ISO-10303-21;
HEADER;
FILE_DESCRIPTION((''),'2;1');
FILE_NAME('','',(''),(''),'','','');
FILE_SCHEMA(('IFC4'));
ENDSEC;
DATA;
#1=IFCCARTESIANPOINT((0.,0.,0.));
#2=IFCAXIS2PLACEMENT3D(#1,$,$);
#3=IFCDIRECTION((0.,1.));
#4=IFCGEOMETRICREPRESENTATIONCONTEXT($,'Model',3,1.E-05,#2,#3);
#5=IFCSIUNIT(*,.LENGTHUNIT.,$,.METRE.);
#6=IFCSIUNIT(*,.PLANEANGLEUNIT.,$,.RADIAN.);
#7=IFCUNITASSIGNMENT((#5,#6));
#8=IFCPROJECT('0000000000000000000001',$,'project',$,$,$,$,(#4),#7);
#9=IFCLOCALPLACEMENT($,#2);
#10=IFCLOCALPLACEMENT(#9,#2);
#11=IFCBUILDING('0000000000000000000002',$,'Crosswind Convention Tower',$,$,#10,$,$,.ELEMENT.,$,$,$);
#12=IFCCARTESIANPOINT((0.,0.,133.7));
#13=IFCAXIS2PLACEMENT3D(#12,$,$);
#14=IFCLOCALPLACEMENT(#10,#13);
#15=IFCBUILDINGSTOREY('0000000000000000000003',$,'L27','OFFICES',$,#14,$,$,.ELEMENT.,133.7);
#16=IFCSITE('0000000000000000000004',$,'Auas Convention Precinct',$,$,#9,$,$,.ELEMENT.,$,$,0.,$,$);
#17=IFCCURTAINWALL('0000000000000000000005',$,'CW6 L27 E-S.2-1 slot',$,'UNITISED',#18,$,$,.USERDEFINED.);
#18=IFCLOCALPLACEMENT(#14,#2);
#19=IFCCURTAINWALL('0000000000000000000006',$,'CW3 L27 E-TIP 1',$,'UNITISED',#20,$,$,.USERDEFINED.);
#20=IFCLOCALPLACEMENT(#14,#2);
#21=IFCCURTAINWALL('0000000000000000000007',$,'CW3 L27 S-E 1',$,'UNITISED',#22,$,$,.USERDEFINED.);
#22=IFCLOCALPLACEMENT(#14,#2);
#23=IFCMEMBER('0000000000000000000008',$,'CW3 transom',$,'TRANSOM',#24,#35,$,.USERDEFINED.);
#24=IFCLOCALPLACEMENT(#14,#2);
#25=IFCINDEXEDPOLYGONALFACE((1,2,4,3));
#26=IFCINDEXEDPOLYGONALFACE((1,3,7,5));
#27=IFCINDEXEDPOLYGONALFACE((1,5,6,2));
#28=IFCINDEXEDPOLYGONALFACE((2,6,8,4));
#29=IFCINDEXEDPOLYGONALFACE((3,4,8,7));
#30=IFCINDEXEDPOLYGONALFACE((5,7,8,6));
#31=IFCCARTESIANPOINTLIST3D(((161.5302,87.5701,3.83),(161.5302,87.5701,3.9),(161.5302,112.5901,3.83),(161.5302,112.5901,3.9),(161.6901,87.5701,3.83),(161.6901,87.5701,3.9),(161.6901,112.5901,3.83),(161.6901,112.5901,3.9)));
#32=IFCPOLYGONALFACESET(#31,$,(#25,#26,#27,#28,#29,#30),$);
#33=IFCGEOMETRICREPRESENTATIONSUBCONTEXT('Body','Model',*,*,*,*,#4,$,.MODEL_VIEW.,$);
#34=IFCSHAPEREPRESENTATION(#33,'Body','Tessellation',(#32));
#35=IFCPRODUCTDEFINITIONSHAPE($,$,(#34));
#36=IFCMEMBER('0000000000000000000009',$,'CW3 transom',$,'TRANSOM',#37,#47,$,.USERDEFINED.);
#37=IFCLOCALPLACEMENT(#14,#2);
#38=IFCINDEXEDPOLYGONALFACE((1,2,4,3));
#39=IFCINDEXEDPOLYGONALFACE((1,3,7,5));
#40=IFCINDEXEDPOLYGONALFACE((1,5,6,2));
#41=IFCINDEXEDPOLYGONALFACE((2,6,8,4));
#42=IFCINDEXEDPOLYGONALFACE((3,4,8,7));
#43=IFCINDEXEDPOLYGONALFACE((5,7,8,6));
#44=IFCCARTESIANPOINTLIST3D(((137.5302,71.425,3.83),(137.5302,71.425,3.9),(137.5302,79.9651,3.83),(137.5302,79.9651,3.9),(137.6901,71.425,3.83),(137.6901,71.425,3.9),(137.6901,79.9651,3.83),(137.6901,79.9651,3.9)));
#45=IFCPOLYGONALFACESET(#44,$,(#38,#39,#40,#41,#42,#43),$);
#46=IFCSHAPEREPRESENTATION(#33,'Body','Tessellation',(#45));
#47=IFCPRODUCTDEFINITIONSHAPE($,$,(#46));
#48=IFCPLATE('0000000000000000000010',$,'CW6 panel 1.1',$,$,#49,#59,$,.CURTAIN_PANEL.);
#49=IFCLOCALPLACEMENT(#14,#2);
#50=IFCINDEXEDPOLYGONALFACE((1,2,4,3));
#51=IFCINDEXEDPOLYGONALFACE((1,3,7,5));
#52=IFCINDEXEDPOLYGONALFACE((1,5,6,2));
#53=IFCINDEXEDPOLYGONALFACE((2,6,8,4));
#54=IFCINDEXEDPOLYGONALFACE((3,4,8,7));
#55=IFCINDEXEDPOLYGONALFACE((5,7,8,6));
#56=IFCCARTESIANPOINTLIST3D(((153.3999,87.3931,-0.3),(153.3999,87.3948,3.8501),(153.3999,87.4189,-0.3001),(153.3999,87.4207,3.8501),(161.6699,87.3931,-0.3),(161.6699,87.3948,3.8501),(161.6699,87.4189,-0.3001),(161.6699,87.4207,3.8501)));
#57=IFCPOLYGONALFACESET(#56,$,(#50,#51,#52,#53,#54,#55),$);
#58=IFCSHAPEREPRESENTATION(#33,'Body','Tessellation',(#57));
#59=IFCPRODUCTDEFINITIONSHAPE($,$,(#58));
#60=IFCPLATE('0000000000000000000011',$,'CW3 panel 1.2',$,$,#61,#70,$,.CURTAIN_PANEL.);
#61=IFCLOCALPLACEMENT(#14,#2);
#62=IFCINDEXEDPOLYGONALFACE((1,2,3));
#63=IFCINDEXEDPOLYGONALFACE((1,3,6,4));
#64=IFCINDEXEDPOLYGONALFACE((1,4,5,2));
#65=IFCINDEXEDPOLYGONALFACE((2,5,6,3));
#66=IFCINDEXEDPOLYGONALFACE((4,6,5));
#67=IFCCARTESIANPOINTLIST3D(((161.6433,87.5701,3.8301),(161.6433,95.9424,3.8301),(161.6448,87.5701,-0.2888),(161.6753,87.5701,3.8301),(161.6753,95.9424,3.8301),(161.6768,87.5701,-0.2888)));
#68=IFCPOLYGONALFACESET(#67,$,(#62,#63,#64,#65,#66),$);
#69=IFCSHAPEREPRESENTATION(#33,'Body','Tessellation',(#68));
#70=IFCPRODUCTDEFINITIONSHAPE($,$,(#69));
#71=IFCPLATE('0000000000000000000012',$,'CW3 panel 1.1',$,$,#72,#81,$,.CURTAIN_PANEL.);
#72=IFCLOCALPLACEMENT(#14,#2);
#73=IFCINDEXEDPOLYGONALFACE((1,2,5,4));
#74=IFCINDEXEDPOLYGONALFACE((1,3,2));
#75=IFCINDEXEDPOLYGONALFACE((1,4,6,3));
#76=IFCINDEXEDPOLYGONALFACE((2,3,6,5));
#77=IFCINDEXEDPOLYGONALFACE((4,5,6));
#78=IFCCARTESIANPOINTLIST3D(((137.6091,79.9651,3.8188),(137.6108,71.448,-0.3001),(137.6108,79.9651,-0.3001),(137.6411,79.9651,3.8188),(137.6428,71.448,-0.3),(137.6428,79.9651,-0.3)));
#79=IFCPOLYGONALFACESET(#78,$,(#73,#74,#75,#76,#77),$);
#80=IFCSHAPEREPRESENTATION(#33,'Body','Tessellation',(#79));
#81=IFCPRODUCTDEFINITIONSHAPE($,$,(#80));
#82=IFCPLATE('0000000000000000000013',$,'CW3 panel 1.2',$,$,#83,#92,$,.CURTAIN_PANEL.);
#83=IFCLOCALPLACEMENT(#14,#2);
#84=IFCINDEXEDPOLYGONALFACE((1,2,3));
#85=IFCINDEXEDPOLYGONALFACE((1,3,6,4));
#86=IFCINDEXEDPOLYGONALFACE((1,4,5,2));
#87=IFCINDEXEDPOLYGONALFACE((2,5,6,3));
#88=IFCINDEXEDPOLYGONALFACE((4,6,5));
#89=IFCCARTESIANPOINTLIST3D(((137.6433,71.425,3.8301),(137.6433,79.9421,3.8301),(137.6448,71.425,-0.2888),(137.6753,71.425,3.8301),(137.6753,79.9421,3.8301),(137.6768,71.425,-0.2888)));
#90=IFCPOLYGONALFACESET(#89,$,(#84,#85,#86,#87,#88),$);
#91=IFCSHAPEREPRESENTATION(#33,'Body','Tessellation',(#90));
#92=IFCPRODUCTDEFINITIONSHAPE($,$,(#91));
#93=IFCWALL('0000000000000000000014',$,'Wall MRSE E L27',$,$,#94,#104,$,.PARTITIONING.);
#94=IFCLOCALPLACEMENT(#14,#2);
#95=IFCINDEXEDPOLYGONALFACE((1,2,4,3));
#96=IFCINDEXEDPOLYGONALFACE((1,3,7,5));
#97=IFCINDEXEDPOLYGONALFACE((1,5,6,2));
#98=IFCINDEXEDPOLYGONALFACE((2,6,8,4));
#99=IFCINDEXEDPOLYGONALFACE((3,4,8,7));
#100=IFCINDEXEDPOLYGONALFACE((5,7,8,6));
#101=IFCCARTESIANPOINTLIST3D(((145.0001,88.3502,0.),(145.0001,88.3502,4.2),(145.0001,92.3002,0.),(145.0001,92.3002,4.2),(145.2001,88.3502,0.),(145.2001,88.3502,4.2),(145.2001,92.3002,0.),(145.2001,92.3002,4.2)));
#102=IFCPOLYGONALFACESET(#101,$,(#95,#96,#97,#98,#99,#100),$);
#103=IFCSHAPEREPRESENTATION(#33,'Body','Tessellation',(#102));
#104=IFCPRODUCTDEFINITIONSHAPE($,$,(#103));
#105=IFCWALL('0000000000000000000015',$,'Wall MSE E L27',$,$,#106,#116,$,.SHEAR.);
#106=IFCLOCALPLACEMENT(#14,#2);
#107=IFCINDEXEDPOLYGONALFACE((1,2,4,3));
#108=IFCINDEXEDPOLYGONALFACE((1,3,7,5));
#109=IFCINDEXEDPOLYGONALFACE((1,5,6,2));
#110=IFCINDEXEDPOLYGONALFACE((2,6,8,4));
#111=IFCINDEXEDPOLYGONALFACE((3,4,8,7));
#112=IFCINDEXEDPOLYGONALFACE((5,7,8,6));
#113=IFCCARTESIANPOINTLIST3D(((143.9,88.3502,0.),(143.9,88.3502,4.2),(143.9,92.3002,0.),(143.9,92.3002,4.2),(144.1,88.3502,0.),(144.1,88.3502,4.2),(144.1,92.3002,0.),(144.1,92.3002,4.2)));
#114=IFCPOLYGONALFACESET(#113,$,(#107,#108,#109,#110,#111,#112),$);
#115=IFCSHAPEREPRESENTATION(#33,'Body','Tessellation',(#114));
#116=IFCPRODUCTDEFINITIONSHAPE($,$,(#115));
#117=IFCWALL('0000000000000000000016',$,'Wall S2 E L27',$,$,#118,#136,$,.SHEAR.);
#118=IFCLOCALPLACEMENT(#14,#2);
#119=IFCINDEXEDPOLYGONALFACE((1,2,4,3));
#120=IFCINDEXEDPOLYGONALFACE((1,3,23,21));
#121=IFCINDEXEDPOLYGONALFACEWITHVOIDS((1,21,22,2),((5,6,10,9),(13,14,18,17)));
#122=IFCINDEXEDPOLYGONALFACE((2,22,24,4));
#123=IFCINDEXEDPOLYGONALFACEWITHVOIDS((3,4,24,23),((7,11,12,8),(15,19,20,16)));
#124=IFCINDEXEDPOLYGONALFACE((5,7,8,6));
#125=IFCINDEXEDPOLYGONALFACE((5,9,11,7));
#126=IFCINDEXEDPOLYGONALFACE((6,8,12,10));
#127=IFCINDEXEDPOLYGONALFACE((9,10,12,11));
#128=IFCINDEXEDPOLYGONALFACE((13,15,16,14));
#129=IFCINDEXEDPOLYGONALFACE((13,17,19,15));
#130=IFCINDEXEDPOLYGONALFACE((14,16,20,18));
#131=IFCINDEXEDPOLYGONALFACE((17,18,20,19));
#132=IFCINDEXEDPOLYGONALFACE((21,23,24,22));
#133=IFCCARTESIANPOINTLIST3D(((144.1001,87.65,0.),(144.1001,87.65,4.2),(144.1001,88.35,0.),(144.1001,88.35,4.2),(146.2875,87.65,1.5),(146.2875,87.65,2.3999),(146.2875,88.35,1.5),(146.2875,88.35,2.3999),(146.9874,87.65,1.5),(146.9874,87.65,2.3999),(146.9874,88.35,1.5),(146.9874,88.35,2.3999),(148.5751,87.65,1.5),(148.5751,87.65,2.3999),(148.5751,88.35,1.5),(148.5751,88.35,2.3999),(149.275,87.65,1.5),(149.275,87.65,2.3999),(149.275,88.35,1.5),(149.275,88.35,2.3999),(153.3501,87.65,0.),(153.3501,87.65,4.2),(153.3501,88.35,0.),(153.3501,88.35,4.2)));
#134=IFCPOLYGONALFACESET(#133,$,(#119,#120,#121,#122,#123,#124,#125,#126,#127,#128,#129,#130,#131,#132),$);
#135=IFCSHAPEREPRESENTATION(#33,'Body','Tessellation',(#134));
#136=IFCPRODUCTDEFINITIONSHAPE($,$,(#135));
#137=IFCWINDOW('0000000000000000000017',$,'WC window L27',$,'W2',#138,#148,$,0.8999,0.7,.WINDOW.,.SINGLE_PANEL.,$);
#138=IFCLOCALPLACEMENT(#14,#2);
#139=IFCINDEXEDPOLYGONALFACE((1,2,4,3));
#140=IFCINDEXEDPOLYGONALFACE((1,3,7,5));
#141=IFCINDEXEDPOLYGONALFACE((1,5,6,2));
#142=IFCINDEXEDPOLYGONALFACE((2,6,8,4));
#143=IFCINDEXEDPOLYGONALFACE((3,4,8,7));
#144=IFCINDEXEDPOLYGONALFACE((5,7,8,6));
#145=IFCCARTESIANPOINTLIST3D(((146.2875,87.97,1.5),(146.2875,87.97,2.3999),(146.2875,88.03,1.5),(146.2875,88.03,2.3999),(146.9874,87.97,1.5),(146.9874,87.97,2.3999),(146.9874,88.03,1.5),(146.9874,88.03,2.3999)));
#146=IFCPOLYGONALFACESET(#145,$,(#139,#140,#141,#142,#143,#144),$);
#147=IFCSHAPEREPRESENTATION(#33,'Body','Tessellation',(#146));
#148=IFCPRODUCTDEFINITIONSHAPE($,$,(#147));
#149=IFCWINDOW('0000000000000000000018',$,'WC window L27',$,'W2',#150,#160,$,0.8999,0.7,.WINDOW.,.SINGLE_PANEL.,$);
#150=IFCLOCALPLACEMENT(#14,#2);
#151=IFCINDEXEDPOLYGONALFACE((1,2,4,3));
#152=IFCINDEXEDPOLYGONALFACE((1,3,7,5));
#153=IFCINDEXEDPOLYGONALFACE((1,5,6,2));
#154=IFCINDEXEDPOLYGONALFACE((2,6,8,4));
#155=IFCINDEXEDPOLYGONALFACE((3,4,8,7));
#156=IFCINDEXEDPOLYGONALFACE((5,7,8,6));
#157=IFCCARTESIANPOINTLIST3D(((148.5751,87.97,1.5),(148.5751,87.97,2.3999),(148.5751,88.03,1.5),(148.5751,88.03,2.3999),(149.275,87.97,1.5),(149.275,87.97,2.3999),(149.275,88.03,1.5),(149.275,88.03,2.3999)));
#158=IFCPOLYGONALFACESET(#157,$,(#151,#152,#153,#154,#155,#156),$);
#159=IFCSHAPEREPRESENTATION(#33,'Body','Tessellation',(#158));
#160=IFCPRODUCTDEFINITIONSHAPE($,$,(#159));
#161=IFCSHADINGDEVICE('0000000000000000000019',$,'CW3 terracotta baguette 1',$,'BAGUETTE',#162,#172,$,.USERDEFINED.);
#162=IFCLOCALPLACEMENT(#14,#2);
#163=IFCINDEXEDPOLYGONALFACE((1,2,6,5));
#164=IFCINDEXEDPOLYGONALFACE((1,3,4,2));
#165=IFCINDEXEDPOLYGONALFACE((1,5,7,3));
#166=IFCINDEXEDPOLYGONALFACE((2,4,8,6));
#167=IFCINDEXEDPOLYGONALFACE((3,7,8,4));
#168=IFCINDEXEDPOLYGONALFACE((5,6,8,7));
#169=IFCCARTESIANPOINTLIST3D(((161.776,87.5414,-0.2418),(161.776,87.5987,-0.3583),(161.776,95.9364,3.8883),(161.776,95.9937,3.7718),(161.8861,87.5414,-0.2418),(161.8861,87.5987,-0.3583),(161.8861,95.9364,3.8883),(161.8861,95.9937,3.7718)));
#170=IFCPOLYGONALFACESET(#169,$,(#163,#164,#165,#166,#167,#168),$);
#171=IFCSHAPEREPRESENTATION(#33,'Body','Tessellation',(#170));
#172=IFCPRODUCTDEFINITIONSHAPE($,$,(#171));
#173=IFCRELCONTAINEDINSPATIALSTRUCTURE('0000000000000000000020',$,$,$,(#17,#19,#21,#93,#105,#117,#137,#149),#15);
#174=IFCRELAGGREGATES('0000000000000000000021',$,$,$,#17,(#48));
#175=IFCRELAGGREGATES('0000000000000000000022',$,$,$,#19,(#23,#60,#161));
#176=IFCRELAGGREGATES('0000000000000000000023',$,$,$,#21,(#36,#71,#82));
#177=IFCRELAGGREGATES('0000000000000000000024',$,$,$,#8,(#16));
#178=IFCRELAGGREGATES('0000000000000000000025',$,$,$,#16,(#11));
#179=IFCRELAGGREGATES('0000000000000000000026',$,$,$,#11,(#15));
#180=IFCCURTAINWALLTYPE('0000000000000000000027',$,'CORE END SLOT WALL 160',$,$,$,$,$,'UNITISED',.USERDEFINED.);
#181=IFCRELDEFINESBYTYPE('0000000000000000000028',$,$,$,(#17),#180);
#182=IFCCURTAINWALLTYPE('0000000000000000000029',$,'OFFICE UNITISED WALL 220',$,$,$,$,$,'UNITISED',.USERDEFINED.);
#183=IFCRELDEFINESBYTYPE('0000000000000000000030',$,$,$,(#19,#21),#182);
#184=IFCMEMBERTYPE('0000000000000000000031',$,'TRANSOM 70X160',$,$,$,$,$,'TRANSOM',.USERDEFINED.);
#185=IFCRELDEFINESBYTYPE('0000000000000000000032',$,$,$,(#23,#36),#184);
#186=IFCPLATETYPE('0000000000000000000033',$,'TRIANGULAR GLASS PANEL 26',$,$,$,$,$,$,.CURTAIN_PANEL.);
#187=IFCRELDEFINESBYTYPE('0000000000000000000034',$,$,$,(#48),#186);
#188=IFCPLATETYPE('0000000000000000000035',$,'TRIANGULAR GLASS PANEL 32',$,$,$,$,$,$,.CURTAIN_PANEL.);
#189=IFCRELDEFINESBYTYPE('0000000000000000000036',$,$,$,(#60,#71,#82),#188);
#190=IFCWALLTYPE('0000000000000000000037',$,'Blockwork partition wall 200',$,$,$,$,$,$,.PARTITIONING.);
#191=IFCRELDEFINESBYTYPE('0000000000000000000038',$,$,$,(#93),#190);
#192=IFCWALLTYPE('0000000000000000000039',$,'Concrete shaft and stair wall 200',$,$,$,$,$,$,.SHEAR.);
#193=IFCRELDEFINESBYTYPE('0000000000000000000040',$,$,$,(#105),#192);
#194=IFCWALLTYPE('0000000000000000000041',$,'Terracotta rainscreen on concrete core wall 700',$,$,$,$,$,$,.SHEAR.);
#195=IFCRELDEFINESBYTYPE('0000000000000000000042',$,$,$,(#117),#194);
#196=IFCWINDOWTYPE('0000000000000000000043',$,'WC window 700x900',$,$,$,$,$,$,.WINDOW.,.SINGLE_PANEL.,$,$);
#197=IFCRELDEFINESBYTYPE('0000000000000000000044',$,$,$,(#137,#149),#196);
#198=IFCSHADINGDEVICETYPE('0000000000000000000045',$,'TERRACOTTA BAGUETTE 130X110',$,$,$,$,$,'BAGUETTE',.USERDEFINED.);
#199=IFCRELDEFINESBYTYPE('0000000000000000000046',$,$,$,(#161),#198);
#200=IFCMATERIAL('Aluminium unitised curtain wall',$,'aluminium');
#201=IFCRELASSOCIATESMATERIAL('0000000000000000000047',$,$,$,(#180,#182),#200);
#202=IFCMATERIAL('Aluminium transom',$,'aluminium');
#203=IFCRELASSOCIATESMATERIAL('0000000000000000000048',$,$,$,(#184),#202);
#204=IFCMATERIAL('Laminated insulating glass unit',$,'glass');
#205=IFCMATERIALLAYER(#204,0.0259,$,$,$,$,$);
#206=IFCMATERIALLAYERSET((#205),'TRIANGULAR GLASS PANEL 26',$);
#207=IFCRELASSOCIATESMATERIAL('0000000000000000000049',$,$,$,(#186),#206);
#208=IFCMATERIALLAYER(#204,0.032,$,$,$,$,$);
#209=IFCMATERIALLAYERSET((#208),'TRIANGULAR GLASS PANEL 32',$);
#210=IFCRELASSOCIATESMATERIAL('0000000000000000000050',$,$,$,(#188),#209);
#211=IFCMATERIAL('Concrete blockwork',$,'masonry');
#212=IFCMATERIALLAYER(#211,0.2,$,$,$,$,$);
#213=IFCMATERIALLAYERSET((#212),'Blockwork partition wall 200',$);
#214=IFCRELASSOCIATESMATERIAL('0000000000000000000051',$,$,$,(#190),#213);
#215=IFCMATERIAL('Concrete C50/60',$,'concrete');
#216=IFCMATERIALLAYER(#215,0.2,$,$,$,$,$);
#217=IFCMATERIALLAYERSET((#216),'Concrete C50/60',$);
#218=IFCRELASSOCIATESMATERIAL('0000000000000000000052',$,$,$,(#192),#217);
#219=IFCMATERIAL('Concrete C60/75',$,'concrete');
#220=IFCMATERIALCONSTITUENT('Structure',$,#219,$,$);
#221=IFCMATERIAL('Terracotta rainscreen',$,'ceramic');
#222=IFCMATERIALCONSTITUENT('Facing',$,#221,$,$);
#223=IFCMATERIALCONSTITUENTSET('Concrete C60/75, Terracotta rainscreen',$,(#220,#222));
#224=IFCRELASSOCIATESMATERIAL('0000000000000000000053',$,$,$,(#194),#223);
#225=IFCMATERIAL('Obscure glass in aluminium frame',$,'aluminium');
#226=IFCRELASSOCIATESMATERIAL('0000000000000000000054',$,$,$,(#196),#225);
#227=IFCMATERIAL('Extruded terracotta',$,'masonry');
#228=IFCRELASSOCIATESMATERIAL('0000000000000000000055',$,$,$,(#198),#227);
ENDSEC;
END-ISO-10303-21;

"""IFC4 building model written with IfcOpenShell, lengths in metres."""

from ifc_helpers import new_model, si_unit, direction, frame, frame_2d, origin, origin_2d, place, context, subcontext, project, spatial, polyline, rectangle, outline, extrude, material, layer, layer_set, constituent, constituent_set, material_profile, profile_set, type_object, element, fill, aggregate, save


model = new_model("IFC4")

# Units and contexts
model_context = context("Model", 3, precision=1e-05, world=origin(), true_north=direction((0.0, 1.0)))
body_context = subcontext(model_context, "Body", "Model", "MODEL_VIEW")
ifc_project = project(units=[si_unit("LENGTHUNIT", "METRE"), si_unit("PLANEANGLEUNIT", "RADIAN")], contexts=[model_context])

# Site, building, storey
site_placement = place(None, origin())
site = spatial("IfcSite", under=ifc_project, at=site_placement, Name="Auas Convention Precinct", CompositionType="ELEMENT", RefElevation=0.0)
building_placement = place(site_placement, origin())
building = spatial("IfcBuilding", under=site, at=building_placement, Name="Crosswind Convention Tower", CompositionType="ELEMENT")
storey_placement = place(building_placement, frame((0.0, 0.0, 133.7)))
storey = spatial("IfcBuildingStorey", under=building, at=storey_placement, Name="L27", Description="OFFICES", CompositionType="ELEMENT", Elevation=133.7)

# Shared definitions
ifc_material_1 = material(Name="Concrete C60/75", Category="concrete")

# Curtain wall
ifc_material_2 = material(Name="Aluminium unitised curtain wall", Category="aluminium")
curtain_wall_type_1 = type_object("IfcCurtainWallType", Name="CORE END SLOT WALL 160", ElementType="UNITISED", PredefinedType="USERDEFINED", material=ifc_material_2)
curtain_wall_1_placement = place(storey_placement, origin())
curtain_wall_1 = element("IfcCurtainWall", 1, at=curtain_wall_1_placement, inside=storey, type_object=curtain_wall_type_1, Name="CW6 L27 E-S.2-1 slot", ObjectType="UNITISED", PredefinedType="USERDEFINED")

# Curtain walls
curtain_wall_type_2 = type_object("IfcCurtainWallType", Name="OFFICE UNITISED WALL 220", ElementType="UNITISED", PredefinedType="USERDEFINED", material=ifc_material_2)
curtain_wall_2_placement = place(storey_placement, origin())
curtain_wall_2 = element("IfcCurtainWall", 2, at=curtain_wall_2_placement, inside=storey, type_object=curtain_wall_type_2, Name="CW3 L27 E-TIP 1", ObjectType="UNITISED", PredefinedType="USERDEFINED")
curtain_wall_3_placement = place(storey_placement, origin())
curtain_wall_3 = element("IfcCurtainWall", 3, at=curtain_wall_3_placement, inside=storey, type_object=curtain_wall_type_2, Name="CW3 L27 S-E 1", ObjectType="UNITISED", PredefinedType="USERDEFINED")

# Members
ifc_material_3 = material(Name="Aluminium transom", Category="aluminium")
ifc_material_profile_1 = material_profile(ifc_material_3, rectangle(XDim=0.1599, YDim=0.0701, at=origin_2d()), Name="AL 160X70")
ifc_profile_set_1 = profile_set([ifc_material_profile_1], Name="Aluminium transom")
member_type_1 = type_object("IfcMemberType", Name="TRANSOM 70X160", ElementType="TRANSOM", PredefinedType="USERDEFINED", material=ifc_profile_set_1)
member_1_placement = place(storey_placement, frame((161.6101, 87.5701, 3.865), z_axis=(0.0, 1.0, 0.0), x_axis=(-1.0, 0.0, 0.0)))
member_1 = element("IfcMember", 4, at=member_1_placement, type_object=member_type_1, Name="CW3 transom", ObjectType="TRANSOM", PredefinedType="USERDEFINED", context=body_context, shape_type="SweptSolid", body=[
    extrude(rectangle(XDim=0.1599, YDim=0.0701, at=origin_2d()), origin(), (0.0, 0.0, 1.0), 25.02),
])
member_2_placement = place(storey_placement, frame((137.6101, 71.425, 3.865), z_axis=(0.0, 1.0, 0.0), x_axis=(-1.0, 0.0, 0.0)))
member_2 = element("IfcMember", 5, at=member_2_placement, type_object=member_type_1, Name="CW3 transom", ObjectType="TRANSOM", PredefinedType="USERDEFINED", context=body_context, shape_type="SweptSolid", body=[
    extrude(rectangle(XDim=0.1599, YDim=0.0701, at=origin_2d()), origin(), (0.0, 0.0, 1.0), 8.54),
])

# Plates
ifc_material_4 = material(Name="Laminated insulating glass unit", Category="glass")
ifc_layer_1 = layer(ifc_material_4, 0.0259)
ifc_layer_set_1 = layer_set([ifc_layer_1], Name="TRIANGULAR GLASS PANEL 26")
plate_type_1 = type_object("IfcPlateType", Name="TRIANGULAR GLASS PANEL 26", PredefinedType="CURTAIN_PANEL", material=ifc_layer_set_1)
plate_1_placement = place(storey_placement, frame((153.3999, 87.3931, -0.3), z_axis=(0.0, -1.0, 0.000412), x_axis=(1.0, 0.0, 0.0)))
plate_1 = element("IfcPlate", 6, at=plate_1_placement, type_object=plate_type_1, Name="CW6 panel 1.1", PredefinedType="CURTAIN_PANEL", context=body_context, shape_type="SweptSolid", body=[
    extrude(outline(polyline([(0.0, 0.0), (8.27, 0.0), (8.27, 4.1501), (0.0, 4.1501), (0.0, 0.0)])), origin(), (0.0, 0.0, -1.0), 0.0259),
])
aggregate(curtain_wall_1, [plate_1])
ifc_layer_2 = layer(ifc_material_4, 0.032)
ifc_layer_set_2 = layer_set([ifc_layer_2], Name="TRIANGULAR GLASS PANEL 32")
plate_type_2 = type_object("IfcPlateType", Name="TRIANGULAR GLASS PANEL 32", PredefinedType="CURTAIN_PANEL", material=ifc_layer_set_2)
plate_2_placement = place(storey_placement, frame((161.6753, 87.5701, 3.8301), z_axis=(1.0, 0.0, 0.000356), x_axis=(0.000356, 0.0, -1.0)))
plate_2 = element("IfcPlate", 7, at=plate_2_placement, type_object=plate_type_2, Name="CW3 panel 1.2", PredefinedType="CURTAIN_PANEL", context=body_context, shape_type="SweptSolid", body=[
    extrude(outline(polyline([(0.0, 0.0), (4.1189, 0.0), (0.0, 8.3723), (0.0, 0.0)])), origin(), (0.0, 0.0, -1.0), 0.032),
])
plate_3_placement = place(storey_placement, frame((137.6428, 79.9651, -0.3), z_axis=(1.0, 0.0, 0.000415), x_axis=(-0.000415, 0.0, 1.0)))
plate_3 = element("IfcPlate", 8, at=plate_3_placement, type_object=plate_type_2, Name="CW3 panel 1.1", PredefinedType="CURTAIN_PANEL", context=body_context, shape_type="SweptSolid", body=[
    extrude(outline(polyline([(0.0, 0.0), (4.1189, 0.0), (0.0, 8.5171), (0.0, 0.0)])), origin(), (0.0, 0.0, -1.0), 0.032),
])
plate_4_placement = place(storey_placement, frame((137.6753, 71.425, 3.8301), z_axis=(1.0, 0.0, 0.000356), x_axis=(0.000356, 0.0, -1.0)))
plate_4 = element("IfcPlate", 9, at=plate_4_placement, type_object=plate_type_2, Name="CW3 panel 1.2", PredefinedType="CURTAIN_PANEL", context=body_context, shape_type="SweptSolid", body=[
    extrude(outline(polyline([(0.0, 0.0), (4.1189, 0.0), (0.0, 8.5171), (0.0, 0.0)])), origin(), (0.0, 0.0, -1.0), 0.032),
])

# Walls
ifc_material_5 = material(Name="Concrete blockwork", Category="masonry")
ifc_layer_3 = layer(ifc_material_5, 0.2)
ifc_layer_set_3 = layer_set([ifc_layer_3], Name="Blockwork partition wall 200")
wall_type_1 = type_object("IfcWallType", Name="Blockwork partition wall 200", PredefinedType="PARTITIONING", material=ifc_layer_set_3)
wall_1_placement = place(storey_placement, frame((145.1001, 88.3501, 0.0), z_axis=(0.0, 0.0, 1.0), x_axis=(0.0, 1.0, 0.0)))
element("IfcWall", 10, at=wall_1_placement, inside=storey, type_object=wall_type_1, Name="Wall MRSE E L27", PredefinedType="PARTITIONING", context=body_context, shape_type="SweptSolid", body=[
    extrude(rectangle(XDim=3.95, YDim=0.2, at=frame_2d((1.9751, 0.0))), origin(), (0.0, 0.0, 1.0), 4.2),
])
ifc_material_6 = material(Name="Concrete C50/60", Category="concrete")
ifc_layer_4 = layer(ifc_material_6, 0.2)
ifc_layer_set_4 = layer_set([ifc_layer_4], Name="Concrete C50/60")
wall_type_2 = type_object("IfcWallType", Name="Concrete shaft and stair wall 200", PredefinedType="SHEAR", material=ifc_layer_set_4)
wall_2_placement = place(storey_placement, frame((144.0, 88.3501, 0.0), z_axis=(0.0, 0.0, 1.0), x_axis=(0.0, 1.0, 0.0)))
element("IfcWall", 11, at=wall_2_placement, inside=storey, type_object=wall_type_2, Name="Wall MSE E L27", PredefinedType="SHEAR", context=body_context, shape_type="SweptSolid", body=[
    extrude(rectangle(XDim=3.95, YDim=0.2, at=frame_2d((1.9751, 0.0))), origin(), (0.0, 0.0, 1.0), 4.2),
])

# Wall, openings, windows
ifc_constituent_1 = constituent(ifc_material_1, Name="Structure")
ifc_material_7 = material(Name="Terracotta rainscreen", Category="ceramic")
ifc_constituent_2 = constituent(ifc_material_7, Name="Facing")
ifc_constituent_set = constituent_set(constituents=[ifc_constituent_1, ifc_constituent_2], Name="Concrete C60/75, Terracotta rainscreen")
wall_type_3 = type_object("IfcWallType", Name="Terracotta rainscreen on concrete core wall 700", PredefinedType="SHEAR", material=ifc_constituent_set)
wall_3_placement = place(storey_placement, frame((144.1001, 88.0, 0.0), z_axis=(0.0, 0.0, 1.0), x_axis=(1.0, 0.0, 0.0)))
wall_3 = element("IfcWall", 12, at=wall_3_placement, inside=storey, type_object=wall_type_3, Name="Wall S2 E L27", PredefinedType="SHEAR", context=body_context, shape_type="SweptSolid", body=[
    extrude(rectangle(XDim=9.25, YDim=0.7, at=frame_2d((4.625, 0.0))), origin(), (0.0, 0.0, 1.0), 4.2),
])
opening_1_placement = place(wall_3_placement, frame((2.1873, 0.0, 1.5)))
opening_1 = element("IfcOpeningElement", 13, at=opening_1_placement, cuts=wall_3, PredefinedType="OPENING", context=body_context, shape_type="SweptSolid", body=[
    extrude(rectangle(XDim=0.7, YDim=0.8999, at=frame_2d((0.3501, 0.45))), frame((0.0, 0.3599, 0.0), z_axis=(0.0, -1.0, 0.0), x_axis=(1.0, 0.0, 0.0)), (0.0, 0.0, 1.0), 0.72),
])
opening_2_placement = place(wall_3_placement, frame((4.4749, 0.0, 1.5)))
opening_2 = element("IfcOpeningElement", 14, at=opening_2_placement, cuts=wall_3, PredefinedType="OPENING", context=body_context, shape_type="SweptSolid", body=[
    extrude(rectangle(XDim=0.7, YDim=0.8999, at=frame_2d((0.3501, 0.45))), frame((0.0, 0.3599, 0.0), z_axis=(0.0, -1.0, 0.0), x_axis=(1.0, 0.0, 0.0)), (0.0, 0.0, 1.0), 0.72),
])
ifc_material_8 = material(Name="Obscure glass in aluminium frame", Category="aluminium")
window_type = type_object("IfcWindowType", Name="WC window 700x900", PartitioningType="SINGLE_PANEL", PredefinedType="WINDOW", material=ifc_material_8)
window_1_placement = place(opening_1_placement, origin())
window_1 = element("IfcWindow", 15, at=window_1_placement, inside=storey, type_object=window_type, Name="WC window L27", ObjectType="W2", OverallHeight=0.8999, OverallWidth=0.7, PartitioningType="SINGLE_PANEL", PredefinedType="WINDOW", context=body_context, shape_type="SweptSolid", body=[
    extrude(rectangle(XDim=0.7, YDim=0.8999, at=frame_2d((0.3501, 0.45))), frame((0.0, 0.03, 0.0), z_axis=(0.0, -1.0, 0.0), x_axis=(1.0, 0.0, 0.0)), (0.0, 0.0, 1.0), 0.0601),
])
fill(opening_1, window_1)
window_2_placement = place(opening_2_placement, origin())
window_2 = element("IfcWindow", 16, at=window_2_placement, inside=storey, type_object=window_type, Name="WC window L27", ObjectType="W2", OverallHeight=0.8999, OverallWidth=0.7, PartitioningType="SINGLE_PANEL", PredefinedType="WINDOW", context=body_context, shape_type="SweptSolid", body=[
    extrude(rectangle(XDim=0.7, YDim=0.8999, at=frame_2d((0.3501, 0.45))), frame((0.0, 0.03, 0.0), z_axis=(0.0, -1.0, 0.0), x_axis=(1.0, 0.0, 0.0)), (0.0, 0.0, 1.0), 0.0601),
])
fill(opening_2, window_2)

# Shading device
ifc_material_9 = material(Name="Extruded terracotta", Category="masonry")
ifc_material_profile_2 = material_profile(ifc_material_9, rectangle(XDim=0.1101, YDim=0.1299, at=origin_2d()), Name="TC 110X130")
ifc_profile_set_2 = profile_set([ifc_material_profile_2], Name="Extruded terracotta")
shading_device_type = type_object("IfcShadingDeviceType", Name="TERRACOTTA BAGUETTE 130X110", ElementType="BAGUETTE", PredefinedType="USERDEFINED", material=ifc_profile_set_2)
shading_device_1_placement = place(storey_placement, frame((161.8311, 87.5701, -0.3), z_axis=(0.0, 0.897289, 0.441443), x_axis=(-1.0, 0.0, 0.0)))
shading_device_1 = element("IfcShadingDevice", 17, at=shading_device_1_placement, type_object=shading_device_type, Name="CW3 terracotta baguette 1", ObjectType="BAGUETTE", PredefinedType="USERDEFINED", context=body_context, shape_type="SweptSolid", body=[
    extrude(rectangle(XDim=0.1101, YDim=0.1299, at=origin_2d()), origin(), (0.0, 0.0, 1.0), 9.356),
])
aggregate(curtain_wall_2, [member_1, plate_2, shading_device_1])
aggregate(curtain_wall_3, [member_2, plate_3, plate_4])

save(model, "model.ifc")
